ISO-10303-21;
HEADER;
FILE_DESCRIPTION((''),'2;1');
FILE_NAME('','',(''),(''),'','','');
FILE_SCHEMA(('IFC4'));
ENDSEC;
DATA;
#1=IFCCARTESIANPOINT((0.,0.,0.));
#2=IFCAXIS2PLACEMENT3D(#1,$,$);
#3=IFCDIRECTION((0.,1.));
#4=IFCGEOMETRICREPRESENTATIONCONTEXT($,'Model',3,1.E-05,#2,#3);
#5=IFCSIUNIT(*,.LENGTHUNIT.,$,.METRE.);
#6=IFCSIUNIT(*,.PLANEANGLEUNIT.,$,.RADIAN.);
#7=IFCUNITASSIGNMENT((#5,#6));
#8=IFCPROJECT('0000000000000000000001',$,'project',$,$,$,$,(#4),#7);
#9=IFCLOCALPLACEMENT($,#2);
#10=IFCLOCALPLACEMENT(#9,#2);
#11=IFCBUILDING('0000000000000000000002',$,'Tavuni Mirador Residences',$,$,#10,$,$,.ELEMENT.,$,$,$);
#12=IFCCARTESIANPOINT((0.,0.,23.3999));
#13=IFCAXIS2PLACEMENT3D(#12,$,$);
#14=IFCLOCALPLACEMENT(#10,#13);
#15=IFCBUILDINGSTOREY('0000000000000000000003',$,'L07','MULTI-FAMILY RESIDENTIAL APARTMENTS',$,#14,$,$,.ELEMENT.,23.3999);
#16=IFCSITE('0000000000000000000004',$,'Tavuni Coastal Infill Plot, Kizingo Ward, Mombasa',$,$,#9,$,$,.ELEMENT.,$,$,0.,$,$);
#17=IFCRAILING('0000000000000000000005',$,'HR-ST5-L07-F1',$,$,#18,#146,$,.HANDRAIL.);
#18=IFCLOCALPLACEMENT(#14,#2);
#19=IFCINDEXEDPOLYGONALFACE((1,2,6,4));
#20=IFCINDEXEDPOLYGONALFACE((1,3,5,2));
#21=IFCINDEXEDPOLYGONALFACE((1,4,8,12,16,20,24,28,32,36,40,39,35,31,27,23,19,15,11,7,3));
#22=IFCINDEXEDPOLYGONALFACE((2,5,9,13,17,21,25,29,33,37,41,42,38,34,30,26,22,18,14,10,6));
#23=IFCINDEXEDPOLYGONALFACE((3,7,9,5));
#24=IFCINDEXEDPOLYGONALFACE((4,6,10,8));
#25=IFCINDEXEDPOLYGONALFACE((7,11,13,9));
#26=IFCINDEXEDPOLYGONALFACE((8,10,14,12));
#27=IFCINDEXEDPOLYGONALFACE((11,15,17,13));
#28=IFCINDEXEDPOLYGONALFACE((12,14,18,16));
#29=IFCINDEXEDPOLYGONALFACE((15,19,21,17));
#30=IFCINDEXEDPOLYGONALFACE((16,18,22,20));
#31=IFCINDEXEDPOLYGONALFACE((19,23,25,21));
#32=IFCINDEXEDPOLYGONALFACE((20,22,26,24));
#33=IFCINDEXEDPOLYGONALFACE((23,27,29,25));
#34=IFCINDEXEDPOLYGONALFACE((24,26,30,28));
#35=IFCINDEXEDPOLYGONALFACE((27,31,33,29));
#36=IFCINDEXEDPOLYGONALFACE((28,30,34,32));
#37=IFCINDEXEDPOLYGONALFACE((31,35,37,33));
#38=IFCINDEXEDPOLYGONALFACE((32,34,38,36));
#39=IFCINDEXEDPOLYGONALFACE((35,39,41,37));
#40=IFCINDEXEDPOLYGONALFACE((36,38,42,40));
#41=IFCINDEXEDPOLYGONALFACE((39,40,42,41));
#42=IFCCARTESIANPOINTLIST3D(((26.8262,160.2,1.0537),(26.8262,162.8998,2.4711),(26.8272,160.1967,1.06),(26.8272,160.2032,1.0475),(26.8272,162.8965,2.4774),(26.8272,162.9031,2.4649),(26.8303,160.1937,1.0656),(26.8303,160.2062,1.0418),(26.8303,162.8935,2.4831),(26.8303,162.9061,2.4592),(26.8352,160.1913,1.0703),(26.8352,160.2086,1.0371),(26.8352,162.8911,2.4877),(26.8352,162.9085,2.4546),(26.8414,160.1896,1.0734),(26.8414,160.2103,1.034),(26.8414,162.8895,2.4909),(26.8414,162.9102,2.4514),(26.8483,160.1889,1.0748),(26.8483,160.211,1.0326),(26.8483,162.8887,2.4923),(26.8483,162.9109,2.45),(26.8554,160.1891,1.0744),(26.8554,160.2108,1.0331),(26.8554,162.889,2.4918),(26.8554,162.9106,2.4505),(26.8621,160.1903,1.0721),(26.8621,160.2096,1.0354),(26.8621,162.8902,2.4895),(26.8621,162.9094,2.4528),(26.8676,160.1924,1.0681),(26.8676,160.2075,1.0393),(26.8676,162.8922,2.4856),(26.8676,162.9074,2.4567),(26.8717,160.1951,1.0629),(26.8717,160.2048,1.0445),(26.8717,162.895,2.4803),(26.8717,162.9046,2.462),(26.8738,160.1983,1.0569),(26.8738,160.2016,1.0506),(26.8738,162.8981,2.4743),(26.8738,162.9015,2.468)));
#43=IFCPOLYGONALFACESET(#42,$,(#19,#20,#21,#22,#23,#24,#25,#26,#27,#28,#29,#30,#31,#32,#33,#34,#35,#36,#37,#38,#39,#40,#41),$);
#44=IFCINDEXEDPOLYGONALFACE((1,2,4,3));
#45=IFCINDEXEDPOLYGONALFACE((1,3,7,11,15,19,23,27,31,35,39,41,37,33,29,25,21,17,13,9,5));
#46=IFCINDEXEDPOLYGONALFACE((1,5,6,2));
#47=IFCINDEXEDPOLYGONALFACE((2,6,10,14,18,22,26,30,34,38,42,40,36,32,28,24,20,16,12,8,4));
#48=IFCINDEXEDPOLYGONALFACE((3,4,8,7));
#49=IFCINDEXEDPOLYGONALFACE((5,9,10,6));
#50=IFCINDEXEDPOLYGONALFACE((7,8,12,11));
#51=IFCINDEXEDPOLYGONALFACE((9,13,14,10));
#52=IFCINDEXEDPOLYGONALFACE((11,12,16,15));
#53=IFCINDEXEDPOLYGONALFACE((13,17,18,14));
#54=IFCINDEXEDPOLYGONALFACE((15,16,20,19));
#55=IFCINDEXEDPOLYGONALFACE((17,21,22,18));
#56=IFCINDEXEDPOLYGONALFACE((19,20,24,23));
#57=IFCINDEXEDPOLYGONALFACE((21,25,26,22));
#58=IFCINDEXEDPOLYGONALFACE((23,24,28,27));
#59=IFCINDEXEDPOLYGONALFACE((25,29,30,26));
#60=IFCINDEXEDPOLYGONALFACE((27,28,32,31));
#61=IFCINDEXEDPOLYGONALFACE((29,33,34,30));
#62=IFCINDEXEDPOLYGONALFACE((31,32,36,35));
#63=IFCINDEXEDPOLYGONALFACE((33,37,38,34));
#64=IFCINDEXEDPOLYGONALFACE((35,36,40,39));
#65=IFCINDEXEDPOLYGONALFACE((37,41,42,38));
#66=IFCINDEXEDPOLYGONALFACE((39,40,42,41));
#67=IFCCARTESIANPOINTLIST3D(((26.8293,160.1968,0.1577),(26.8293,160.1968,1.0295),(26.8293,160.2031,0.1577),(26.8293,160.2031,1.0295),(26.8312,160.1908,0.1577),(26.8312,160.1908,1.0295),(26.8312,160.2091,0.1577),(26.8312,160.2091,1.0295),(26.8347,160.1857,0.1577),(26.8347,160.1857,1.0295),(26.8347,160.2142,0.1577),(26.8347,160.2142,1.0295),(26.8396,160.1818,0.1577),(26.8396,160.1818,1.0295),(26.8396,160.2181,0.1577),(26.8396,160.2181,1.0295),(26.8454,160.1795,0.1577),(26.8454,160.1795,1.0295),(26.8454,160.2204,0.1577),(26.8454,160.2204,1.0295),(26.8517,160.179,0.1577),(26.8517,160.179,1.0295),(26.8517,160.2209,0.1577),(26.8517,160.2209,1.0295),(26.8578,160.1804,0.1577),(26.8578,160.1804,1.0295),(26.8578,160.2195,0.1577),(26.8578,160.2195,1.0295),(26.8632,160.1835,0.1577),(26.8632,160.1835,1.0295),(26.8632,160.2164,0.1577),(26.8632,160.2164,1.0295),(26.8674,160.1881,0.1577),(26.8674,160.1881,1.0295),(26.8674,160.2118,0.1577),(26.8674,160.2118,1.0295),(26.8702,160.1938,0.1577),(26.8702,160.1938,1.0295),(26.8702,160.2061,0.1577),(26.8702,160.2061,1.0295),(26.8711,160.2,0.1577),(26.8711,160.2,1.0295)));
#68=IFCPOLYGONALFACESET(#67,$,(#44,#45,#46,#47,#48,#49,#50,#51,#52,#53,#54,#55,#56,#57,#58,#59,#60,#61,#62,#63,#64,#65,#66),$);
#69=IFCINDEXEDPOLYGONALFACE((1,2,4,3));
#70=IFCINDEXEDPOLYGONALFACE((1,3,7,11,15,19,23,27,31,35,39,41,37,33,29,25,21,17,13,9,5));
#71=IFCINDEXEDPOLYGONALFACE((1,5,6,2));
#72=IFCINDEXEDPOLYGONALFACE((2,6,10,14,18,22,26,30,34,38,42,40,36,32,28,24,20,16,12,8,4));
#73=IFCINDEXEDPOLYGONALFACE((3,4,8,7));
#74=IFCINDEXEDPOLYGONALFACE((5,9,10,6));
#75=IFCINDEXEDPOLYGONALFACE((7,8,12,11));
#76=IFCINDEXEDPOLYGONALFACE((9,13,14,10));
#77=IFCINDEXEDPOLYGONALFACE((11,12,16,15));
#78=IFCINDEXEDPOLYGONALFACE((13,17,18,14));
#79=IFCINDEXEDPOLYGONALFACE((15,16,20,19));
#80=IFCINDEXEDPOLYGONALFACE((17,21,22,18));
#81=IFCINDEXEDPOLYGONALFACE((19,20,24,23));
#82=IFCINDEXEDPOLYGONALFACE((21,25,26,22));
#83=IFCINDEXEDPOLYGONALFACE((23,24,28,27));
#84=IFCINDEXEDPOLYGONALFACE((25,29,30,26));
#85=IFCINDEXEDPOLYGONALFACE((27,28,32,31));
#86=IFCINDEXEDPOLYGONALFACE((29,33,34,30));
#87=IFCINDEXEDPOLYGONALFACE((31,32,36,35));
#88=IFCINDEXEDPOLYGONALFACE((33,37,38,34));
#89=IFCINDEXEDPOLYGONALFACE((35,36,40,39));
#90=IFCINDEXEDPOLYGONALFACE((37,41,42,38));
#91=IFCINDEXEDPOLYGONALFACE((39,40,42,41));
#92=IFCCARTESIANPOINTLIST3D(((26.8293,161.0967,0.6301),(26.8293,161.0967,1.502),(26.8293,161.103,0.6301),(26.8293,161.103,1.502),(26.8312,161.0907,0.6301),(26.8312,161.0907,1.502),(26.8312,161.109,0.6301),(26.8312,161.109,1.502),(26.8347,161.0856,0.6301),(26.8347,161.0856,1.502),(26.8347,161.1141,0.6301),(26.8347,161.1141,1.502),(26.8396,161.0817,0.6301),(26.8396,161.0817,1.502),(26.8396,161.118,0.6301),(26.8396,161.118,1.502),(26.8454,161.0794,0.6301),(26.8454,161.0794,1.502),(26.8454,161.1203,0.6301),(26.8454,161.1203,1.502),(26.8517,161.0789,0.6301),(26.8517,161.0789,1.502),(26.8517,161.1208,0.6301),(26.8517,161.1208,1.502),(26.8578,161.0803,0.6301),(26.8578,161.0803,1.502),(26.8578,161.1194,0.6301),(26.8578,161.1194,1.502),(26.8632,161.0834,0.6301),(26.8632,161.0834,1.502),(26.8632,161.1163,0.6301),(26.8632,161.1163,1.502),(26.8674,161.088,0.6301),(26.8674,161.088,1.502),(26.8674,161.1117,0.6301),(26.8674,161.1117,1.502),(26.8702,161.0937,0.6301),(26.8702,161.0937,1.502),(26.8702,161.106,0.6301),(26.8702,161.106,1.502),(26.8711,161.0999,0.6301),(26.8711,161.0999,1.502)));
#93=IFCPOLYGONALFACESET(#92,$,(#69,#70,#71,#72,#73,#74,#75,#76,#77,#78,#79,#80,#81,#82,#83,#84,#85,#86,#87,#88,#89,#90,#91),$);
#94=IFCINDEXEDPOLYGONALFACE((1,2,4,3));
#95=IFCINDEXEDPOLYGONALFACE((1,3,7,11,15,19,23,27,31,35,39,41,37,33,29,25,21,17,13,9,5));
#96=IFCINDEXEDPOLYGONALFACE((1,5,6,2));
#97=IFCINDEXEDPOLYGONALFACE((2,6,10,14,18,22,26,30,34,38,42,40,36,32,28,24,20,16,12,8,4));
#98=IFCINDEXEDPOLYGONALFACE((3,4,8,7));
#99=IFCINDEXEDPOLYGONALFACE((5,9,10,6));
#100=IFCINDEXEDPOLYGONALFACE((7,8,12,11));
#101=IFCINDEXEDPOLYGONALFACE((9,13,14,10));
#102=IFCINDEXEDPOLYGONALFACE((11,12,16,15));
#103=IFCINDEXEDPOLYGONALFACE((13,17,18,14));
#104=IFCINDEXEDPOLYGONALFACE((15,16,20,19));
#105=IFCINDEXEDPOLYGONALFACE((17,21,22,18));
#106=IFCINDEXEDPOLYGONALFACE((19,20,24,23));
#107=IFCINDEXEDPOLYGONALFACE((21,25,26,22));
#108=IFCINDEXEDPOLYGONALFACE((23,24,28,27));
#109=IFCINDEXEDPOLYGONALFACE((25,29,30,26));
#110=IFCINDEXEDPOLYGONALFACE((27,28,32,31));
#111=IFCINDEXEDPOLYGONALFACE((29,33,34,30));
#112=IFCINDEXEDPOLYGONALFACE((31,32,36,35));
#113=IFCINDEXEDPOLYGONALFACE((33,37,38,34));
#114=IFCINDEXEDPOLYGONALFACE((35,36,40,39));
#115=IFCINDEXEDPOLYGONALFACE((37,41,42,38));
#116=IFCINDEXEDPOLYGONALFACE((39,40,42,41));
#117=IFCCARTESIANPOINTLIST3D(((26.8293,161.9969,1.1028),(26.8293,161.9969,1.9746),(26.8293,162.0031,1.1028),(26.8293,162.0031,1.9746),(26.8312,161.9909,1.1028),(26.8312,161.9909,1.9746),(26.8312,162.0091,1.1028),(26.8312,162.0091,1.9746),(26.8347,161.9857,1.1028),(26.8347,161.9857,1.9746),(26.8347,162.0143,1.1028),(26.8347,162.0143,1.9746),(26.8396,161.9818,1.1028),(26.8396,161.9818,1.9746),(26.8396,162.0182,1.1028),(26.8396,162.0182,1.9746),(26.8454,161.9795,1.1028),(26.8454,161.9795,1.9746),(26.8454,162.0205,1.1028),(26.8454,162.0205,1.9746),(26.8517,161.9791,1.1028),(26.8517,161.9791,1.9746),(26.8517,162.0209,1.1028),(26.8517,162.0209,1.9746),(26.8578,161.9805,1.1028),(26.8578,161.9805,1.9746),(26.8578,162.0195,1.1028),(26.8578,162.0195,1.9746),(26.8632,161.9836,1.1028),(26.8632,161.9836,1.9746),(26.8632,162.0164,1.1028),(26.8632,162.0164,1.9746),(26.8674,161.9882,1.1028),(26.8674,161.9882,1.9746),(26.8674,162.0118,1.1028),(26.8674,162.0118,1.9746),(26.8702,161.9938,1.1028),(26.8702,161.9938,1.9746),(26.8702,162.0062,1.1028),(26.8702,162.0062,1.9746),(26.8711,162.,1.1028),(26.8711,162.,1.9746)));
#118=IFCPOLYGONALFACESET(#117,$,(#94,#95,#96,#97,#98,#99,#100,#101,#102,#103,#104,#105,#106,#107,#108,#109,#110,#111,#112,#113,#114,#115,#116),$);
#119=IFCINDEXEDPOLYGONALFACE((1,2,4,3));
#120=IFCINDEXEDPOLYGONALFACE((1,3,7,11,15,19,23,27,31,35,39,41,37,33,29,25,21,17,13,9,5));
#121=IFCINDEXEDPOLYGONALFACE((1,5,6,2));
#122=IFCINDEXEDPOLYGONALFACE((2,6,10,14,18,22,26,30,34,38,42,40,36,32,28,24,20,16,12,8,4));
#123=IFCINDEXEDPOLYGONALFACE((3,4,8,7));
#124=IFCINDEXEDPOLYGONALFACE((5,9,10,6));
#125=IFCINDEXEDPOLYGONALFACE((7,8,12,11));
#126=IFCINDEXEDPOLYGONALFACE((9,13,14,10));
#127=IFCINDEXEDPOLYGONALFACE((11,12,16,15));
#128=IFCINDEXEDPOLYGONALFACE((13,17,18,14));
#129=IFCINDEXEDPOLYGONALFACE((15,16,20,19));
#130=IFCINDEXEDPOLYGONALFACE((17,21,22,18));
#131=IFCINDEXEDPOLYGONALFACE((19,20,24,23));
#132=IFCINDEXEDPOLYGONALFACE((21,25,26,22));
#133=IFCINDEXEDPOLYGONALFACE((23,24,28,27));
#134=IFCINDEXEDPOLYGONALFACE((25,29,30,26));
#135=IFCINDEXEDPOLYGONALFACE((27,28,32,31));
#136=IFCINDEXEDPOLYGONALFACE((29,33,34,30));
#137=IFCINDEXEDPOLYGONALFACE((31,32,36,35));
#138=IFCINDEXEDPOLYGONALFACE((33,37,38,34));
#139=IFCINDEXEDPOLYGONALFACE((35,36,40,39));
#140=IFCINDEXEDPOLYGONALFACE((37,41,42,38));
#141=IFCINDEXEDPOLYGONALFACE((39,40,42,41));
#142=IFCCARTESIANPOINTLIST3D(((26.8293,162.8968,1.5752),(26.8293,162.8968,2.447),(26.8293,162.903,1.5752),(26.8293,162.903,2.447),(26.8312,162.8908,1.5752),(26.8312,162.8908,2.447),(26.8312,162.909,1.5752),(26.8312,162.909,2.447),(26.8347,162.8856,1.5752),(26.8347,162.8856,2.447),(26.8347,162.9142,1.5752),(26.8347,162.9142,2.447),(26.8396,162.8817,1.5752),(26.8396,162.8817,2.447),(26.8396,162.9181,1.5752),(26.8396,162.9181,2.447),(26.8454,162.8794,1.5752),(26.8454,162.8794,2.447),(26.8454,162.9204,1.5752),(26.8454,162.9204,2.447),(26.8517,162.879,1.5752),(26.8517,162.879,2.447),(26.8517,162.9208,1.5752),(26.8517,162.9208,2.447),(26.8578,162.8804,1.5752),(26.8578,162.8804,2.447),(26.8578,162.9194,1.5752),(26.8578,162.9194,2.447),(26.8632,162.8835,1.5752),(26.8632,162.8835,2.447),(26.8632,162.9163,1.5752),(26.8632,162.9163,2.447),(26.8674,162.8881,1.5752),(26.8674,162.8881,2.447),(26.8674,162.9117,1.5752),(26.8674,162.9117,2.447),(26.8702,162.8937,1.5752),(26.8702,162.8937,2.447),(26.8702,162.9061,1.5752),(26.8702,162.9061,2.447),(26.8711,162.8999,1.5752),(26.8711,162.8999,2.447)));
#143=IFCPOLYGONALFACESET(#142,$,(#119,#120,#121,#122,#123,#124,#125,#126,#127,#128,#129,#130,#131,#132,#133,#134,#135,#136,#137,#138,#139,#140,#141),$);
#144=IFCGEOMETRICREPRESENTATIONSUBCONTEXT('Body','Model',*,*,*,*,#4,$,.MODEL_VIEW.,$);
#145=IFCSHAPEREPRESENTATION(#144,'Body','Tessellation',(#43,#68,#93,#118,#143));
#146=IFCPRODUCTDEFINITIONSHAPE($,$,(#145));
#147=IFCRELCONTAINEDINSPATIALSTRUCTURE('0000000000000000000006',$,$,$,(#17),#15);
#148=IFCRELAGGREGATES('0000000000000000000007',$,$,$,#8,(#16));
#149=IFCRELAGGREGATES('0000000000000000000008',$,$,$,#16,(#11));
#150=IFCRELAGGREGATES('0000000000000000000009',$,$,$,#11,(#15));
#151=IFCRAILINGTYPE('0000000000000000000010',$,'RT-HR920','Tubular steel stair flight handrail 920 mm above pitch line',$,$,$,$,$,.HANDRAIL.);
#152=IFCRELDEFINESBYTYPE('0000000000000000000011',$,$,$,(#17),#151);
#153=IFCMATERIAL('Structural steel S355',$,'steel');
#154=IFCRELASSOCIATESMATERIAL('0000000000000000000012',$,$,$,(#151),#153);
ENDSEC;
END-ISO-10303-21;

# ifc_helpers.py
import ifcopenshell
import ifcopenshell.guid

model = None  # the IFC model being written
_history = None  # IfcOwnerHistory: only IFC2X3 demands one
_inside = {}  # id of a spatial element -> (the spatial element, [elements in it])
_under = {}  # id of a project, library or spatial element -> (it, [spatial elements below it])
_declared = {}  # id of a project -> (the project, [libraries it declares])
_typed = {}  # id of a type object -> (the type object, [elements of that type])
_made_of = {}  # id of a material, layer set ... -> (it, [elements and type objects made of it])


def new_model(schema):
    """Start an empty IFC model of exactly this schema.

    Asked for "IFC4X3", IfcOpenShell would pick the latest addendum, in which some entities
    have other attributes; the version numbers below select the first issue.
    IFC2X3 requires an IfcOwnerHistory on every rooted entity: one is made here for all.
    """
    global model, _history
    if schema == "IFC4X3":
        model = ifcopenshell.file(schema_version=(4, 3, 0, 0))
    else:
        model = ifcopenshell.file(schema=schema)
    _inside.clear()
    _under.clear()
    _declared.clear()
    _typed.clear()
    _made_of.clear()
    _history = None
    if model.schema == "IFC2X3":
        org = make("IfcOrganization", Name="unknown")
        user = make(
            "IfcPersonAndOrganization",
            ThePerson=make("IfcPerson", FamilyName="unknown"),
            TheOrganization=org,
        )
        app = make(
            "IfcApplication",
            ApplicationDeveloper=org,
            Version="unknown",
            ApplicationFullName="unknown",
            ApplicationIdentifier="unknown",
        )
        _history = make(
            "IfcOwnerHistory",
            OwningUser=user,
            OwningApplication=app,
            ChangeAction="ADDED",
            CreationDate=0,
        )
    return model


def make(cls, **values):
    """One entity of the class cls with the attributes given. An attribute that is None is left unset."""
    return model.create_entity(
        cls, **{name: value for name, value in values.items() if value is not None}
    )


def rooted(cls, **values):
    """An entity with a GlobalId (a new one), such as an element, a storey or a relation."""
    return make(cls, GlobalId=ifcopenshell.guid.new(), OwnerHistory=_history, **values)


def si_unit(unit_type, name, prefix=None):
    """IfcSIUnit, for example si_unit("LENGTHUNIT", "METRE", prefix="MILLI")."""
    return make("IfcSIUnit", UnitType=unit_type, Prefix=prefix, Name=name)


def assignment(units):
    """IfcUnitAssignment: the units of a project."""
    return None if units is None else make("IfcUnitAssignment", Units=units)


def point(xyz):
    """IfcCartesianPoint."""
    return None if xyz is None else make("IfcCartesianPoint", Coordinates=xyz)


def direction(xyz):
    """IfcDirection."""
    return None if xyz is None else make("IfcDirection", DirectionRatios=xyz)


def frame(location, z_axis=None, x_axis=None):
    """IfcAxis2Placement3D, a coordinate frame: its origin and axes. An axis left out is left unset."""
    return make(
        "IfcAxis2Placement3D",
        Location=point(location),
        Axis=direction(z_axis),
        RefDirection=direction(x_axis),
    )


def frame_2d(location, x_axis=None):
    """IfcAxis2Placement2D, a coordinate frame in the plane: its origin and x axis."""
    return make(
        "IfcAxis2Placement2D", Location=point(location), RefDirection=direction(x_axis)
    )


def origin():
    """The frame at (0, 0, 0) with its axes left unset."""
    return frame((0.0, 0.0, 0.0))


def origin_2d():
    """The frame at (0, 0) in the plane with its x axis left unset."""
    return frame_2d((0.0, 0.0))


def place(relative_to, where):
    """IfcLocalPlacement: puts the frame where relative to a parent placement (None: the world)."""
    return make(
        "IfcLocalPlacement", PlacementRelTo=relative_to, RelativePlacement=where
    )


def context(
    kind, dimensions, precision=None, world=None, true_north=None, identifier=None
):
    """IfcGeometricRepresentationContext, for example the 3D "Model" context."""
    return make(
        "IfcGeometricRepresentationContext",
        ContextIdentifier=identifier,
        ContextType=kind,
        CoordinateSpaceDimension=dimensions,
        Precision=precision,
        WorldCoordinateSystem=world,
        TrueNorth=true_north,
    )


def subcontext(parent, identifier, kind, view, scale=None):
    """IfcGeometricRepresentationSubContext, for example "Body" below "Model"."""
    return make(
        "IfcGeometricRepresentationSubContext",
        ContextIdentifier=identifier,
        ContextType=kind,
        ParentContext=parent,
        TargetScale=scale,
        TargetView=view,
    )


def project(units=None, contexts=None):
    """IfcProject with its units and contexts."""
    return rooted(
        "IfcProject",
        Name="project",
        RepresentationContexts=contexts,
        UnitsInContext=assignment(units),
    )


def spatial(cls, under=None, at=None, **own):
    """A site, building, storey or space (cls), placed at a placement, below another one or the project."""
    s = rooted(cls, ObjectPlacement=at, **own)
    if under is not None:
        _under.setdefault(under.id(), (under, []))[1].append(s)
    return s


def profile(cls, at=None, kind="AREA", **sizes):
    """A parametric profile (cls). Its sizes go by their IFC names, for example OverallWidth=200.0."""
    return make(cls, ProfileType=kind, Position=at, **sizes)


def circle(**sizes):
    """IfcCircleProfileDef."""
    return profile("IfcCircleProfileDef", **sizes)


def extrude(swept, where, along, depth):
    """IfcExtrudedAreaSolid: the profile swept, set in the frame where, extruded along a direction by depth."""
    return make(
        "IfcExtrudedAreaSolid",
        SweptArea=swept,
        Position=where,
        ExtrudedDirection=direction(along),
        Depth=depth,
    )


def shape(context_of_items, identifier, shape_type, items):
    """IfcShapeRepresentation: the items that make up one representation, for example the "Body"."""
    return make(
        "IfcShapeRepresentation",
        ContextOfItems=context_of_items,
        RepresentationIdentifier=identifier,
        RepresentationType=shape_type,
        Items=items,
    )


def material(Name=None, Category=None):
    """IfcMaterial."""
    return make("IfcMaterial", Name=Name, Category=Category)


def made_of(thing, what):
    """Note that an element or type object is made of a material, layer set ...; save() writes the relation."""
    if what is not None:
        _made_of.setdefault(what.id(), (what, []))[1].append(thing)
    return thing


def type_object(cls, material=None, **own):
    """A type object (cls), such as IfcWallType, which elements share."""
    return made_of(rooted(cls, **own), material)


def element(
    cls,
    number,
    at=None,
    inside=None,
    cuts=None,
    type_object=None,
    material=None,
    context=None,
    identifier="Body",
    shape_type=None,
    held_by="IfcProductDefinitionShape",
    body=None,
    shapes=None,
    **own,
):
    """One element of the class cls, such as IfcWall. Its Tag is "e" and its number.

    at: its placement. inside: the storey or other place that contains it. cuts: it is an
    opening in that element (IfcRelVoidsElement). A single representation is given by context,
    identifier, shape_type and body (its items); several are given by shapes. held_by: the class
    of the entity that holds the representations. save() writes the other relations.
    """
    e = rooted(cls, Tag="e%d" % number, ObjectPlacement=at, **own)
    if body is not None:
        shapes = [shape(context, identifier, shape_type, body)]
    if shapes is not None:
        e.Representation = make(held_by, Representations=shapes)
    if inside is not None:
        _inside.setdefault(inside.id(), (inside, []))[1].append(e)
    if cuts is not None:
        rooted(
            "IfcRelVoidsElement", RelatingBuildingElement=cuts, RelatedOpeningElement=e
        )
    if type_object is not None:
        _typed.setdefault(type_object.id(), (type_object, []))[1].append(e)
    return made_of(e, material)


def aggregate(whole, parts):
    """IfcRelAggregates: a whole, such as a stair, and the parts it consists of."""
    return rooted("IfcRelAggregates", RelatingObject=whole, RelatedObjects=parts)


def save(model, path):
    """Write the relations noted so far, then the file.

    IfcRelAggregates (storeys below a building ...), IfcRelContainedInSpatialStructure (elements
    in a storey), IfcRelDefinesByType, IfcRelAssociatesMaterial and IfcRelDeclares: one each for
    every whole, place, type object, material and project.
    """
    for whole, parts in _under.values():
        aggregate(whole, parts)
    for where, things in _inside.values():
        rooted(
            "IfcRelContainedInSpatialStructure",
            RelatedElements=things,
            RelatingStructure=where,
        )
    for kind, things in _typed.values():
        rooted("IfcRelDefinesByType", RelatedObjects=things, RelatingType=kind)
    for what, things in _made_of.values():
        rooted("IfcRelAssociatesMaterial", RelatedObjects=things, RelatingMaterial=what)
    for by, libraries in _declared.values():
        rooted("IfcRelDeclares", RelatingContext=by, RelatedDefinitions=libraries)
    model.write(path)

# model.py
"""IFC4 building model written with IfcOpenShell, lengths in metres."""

from ifc_helpers import new_model, si_unit, direction, frame, origin, origin_2d, place, context, subcontext, project, spatial, circle, extrude, material, type_object, element, save


model = new_model("IFC4")

# Units and contexts
model_context = context("Model", 3, precision=1e-05, world=origin(), true_north=direction((0.0, 1.0)))
body_context = subcontext(model_context, "Body", "Model", "MODEL_VIEW")
ifc_project = project(units=[si_unit("LENGTHUNIT", "METRE"), si_unit("PLANEANGLEUNIT", "RADIAN")], contexts=[model_context])

# Site, building, storey
site_placement = place(None, origin())
site = spatial("IfcSite", under=ifc_project, at=site_placement, Name="Tavuni Coastal Infill Plot, Kizingo Ward, Mombasa", CompositionType="ELEMENT", RefElevation=0.0)
building_placement = place(site_placement, origin())
building = spatial("IfcBuilding", under=site, at=building_placement, Name="Tavuni Mirador Residences", CompositionType="ELEMENT")
storey_placement = place(building_placement, frame((0.0, 0.0, 23.3999)))
storey = spatial("IfcBuildingStorey", under=building, at=storey_placement, Name="L07", Description="MULTI-FAMILY RESIDENTIAL APARTMENTS", CompositionType="ELEMENT", Elevation=23.3999)

# Shared definitions
ifc_material_1 = material(Name="Structural steel S355", Category="steel")

# Railing
railing_type_1 = type_object("IfcRailingType", Name="RT-HR920", Description="Tubular steel stair flight handrail 920 mm above pitch line", PredefinedType="HANDRAIL", material=ifc_material_1)
railing_1_placement = place(storey_placement, frame((26.8501, 160.2, 0.1577)))
element("IfcRailing", 1, at=railing_1_placement, inside=storey, type_object=railing_type_1, Name="HR-ST5-L07-F1", PredefinedType="HANDRAIL", context=body_context, shape_type="SweptSolid", body=[
    extrude(circle(Radius=0.0239, at=origin_2d()), frame((0.0, 0.0, 0.896), z_axis=(0.0, 0.885397, 0.464835), x_axis=(-1.0, 0.0, 0.0)), (0.0, 0.0, 1.0), 3.0493),
    extrude(circle(Radius=0.021, at=origin_2d()), origin(), (0.0, 0.0, 1.0), 0.8718),
    extrude(circle(Radius=0.021, at=origin_2d()), frame((0.0, 0.8999, 0.4724)), (0.0, 0.0, 1.0), 0.8718),
    extrude(circle(Radius=0.021, at=origin_2d()), frame((0.0, 1.8, 0.9451)), (0.0, 0.0, 1.0), 0.8718),
    extrude(circle(Radius=0.021, at=origin_2d()), frame((0.0, 2.7, 1.4175)), (0.0, 0.0, 1.0), 0.8718),
])

save(model, "model.ifc")
